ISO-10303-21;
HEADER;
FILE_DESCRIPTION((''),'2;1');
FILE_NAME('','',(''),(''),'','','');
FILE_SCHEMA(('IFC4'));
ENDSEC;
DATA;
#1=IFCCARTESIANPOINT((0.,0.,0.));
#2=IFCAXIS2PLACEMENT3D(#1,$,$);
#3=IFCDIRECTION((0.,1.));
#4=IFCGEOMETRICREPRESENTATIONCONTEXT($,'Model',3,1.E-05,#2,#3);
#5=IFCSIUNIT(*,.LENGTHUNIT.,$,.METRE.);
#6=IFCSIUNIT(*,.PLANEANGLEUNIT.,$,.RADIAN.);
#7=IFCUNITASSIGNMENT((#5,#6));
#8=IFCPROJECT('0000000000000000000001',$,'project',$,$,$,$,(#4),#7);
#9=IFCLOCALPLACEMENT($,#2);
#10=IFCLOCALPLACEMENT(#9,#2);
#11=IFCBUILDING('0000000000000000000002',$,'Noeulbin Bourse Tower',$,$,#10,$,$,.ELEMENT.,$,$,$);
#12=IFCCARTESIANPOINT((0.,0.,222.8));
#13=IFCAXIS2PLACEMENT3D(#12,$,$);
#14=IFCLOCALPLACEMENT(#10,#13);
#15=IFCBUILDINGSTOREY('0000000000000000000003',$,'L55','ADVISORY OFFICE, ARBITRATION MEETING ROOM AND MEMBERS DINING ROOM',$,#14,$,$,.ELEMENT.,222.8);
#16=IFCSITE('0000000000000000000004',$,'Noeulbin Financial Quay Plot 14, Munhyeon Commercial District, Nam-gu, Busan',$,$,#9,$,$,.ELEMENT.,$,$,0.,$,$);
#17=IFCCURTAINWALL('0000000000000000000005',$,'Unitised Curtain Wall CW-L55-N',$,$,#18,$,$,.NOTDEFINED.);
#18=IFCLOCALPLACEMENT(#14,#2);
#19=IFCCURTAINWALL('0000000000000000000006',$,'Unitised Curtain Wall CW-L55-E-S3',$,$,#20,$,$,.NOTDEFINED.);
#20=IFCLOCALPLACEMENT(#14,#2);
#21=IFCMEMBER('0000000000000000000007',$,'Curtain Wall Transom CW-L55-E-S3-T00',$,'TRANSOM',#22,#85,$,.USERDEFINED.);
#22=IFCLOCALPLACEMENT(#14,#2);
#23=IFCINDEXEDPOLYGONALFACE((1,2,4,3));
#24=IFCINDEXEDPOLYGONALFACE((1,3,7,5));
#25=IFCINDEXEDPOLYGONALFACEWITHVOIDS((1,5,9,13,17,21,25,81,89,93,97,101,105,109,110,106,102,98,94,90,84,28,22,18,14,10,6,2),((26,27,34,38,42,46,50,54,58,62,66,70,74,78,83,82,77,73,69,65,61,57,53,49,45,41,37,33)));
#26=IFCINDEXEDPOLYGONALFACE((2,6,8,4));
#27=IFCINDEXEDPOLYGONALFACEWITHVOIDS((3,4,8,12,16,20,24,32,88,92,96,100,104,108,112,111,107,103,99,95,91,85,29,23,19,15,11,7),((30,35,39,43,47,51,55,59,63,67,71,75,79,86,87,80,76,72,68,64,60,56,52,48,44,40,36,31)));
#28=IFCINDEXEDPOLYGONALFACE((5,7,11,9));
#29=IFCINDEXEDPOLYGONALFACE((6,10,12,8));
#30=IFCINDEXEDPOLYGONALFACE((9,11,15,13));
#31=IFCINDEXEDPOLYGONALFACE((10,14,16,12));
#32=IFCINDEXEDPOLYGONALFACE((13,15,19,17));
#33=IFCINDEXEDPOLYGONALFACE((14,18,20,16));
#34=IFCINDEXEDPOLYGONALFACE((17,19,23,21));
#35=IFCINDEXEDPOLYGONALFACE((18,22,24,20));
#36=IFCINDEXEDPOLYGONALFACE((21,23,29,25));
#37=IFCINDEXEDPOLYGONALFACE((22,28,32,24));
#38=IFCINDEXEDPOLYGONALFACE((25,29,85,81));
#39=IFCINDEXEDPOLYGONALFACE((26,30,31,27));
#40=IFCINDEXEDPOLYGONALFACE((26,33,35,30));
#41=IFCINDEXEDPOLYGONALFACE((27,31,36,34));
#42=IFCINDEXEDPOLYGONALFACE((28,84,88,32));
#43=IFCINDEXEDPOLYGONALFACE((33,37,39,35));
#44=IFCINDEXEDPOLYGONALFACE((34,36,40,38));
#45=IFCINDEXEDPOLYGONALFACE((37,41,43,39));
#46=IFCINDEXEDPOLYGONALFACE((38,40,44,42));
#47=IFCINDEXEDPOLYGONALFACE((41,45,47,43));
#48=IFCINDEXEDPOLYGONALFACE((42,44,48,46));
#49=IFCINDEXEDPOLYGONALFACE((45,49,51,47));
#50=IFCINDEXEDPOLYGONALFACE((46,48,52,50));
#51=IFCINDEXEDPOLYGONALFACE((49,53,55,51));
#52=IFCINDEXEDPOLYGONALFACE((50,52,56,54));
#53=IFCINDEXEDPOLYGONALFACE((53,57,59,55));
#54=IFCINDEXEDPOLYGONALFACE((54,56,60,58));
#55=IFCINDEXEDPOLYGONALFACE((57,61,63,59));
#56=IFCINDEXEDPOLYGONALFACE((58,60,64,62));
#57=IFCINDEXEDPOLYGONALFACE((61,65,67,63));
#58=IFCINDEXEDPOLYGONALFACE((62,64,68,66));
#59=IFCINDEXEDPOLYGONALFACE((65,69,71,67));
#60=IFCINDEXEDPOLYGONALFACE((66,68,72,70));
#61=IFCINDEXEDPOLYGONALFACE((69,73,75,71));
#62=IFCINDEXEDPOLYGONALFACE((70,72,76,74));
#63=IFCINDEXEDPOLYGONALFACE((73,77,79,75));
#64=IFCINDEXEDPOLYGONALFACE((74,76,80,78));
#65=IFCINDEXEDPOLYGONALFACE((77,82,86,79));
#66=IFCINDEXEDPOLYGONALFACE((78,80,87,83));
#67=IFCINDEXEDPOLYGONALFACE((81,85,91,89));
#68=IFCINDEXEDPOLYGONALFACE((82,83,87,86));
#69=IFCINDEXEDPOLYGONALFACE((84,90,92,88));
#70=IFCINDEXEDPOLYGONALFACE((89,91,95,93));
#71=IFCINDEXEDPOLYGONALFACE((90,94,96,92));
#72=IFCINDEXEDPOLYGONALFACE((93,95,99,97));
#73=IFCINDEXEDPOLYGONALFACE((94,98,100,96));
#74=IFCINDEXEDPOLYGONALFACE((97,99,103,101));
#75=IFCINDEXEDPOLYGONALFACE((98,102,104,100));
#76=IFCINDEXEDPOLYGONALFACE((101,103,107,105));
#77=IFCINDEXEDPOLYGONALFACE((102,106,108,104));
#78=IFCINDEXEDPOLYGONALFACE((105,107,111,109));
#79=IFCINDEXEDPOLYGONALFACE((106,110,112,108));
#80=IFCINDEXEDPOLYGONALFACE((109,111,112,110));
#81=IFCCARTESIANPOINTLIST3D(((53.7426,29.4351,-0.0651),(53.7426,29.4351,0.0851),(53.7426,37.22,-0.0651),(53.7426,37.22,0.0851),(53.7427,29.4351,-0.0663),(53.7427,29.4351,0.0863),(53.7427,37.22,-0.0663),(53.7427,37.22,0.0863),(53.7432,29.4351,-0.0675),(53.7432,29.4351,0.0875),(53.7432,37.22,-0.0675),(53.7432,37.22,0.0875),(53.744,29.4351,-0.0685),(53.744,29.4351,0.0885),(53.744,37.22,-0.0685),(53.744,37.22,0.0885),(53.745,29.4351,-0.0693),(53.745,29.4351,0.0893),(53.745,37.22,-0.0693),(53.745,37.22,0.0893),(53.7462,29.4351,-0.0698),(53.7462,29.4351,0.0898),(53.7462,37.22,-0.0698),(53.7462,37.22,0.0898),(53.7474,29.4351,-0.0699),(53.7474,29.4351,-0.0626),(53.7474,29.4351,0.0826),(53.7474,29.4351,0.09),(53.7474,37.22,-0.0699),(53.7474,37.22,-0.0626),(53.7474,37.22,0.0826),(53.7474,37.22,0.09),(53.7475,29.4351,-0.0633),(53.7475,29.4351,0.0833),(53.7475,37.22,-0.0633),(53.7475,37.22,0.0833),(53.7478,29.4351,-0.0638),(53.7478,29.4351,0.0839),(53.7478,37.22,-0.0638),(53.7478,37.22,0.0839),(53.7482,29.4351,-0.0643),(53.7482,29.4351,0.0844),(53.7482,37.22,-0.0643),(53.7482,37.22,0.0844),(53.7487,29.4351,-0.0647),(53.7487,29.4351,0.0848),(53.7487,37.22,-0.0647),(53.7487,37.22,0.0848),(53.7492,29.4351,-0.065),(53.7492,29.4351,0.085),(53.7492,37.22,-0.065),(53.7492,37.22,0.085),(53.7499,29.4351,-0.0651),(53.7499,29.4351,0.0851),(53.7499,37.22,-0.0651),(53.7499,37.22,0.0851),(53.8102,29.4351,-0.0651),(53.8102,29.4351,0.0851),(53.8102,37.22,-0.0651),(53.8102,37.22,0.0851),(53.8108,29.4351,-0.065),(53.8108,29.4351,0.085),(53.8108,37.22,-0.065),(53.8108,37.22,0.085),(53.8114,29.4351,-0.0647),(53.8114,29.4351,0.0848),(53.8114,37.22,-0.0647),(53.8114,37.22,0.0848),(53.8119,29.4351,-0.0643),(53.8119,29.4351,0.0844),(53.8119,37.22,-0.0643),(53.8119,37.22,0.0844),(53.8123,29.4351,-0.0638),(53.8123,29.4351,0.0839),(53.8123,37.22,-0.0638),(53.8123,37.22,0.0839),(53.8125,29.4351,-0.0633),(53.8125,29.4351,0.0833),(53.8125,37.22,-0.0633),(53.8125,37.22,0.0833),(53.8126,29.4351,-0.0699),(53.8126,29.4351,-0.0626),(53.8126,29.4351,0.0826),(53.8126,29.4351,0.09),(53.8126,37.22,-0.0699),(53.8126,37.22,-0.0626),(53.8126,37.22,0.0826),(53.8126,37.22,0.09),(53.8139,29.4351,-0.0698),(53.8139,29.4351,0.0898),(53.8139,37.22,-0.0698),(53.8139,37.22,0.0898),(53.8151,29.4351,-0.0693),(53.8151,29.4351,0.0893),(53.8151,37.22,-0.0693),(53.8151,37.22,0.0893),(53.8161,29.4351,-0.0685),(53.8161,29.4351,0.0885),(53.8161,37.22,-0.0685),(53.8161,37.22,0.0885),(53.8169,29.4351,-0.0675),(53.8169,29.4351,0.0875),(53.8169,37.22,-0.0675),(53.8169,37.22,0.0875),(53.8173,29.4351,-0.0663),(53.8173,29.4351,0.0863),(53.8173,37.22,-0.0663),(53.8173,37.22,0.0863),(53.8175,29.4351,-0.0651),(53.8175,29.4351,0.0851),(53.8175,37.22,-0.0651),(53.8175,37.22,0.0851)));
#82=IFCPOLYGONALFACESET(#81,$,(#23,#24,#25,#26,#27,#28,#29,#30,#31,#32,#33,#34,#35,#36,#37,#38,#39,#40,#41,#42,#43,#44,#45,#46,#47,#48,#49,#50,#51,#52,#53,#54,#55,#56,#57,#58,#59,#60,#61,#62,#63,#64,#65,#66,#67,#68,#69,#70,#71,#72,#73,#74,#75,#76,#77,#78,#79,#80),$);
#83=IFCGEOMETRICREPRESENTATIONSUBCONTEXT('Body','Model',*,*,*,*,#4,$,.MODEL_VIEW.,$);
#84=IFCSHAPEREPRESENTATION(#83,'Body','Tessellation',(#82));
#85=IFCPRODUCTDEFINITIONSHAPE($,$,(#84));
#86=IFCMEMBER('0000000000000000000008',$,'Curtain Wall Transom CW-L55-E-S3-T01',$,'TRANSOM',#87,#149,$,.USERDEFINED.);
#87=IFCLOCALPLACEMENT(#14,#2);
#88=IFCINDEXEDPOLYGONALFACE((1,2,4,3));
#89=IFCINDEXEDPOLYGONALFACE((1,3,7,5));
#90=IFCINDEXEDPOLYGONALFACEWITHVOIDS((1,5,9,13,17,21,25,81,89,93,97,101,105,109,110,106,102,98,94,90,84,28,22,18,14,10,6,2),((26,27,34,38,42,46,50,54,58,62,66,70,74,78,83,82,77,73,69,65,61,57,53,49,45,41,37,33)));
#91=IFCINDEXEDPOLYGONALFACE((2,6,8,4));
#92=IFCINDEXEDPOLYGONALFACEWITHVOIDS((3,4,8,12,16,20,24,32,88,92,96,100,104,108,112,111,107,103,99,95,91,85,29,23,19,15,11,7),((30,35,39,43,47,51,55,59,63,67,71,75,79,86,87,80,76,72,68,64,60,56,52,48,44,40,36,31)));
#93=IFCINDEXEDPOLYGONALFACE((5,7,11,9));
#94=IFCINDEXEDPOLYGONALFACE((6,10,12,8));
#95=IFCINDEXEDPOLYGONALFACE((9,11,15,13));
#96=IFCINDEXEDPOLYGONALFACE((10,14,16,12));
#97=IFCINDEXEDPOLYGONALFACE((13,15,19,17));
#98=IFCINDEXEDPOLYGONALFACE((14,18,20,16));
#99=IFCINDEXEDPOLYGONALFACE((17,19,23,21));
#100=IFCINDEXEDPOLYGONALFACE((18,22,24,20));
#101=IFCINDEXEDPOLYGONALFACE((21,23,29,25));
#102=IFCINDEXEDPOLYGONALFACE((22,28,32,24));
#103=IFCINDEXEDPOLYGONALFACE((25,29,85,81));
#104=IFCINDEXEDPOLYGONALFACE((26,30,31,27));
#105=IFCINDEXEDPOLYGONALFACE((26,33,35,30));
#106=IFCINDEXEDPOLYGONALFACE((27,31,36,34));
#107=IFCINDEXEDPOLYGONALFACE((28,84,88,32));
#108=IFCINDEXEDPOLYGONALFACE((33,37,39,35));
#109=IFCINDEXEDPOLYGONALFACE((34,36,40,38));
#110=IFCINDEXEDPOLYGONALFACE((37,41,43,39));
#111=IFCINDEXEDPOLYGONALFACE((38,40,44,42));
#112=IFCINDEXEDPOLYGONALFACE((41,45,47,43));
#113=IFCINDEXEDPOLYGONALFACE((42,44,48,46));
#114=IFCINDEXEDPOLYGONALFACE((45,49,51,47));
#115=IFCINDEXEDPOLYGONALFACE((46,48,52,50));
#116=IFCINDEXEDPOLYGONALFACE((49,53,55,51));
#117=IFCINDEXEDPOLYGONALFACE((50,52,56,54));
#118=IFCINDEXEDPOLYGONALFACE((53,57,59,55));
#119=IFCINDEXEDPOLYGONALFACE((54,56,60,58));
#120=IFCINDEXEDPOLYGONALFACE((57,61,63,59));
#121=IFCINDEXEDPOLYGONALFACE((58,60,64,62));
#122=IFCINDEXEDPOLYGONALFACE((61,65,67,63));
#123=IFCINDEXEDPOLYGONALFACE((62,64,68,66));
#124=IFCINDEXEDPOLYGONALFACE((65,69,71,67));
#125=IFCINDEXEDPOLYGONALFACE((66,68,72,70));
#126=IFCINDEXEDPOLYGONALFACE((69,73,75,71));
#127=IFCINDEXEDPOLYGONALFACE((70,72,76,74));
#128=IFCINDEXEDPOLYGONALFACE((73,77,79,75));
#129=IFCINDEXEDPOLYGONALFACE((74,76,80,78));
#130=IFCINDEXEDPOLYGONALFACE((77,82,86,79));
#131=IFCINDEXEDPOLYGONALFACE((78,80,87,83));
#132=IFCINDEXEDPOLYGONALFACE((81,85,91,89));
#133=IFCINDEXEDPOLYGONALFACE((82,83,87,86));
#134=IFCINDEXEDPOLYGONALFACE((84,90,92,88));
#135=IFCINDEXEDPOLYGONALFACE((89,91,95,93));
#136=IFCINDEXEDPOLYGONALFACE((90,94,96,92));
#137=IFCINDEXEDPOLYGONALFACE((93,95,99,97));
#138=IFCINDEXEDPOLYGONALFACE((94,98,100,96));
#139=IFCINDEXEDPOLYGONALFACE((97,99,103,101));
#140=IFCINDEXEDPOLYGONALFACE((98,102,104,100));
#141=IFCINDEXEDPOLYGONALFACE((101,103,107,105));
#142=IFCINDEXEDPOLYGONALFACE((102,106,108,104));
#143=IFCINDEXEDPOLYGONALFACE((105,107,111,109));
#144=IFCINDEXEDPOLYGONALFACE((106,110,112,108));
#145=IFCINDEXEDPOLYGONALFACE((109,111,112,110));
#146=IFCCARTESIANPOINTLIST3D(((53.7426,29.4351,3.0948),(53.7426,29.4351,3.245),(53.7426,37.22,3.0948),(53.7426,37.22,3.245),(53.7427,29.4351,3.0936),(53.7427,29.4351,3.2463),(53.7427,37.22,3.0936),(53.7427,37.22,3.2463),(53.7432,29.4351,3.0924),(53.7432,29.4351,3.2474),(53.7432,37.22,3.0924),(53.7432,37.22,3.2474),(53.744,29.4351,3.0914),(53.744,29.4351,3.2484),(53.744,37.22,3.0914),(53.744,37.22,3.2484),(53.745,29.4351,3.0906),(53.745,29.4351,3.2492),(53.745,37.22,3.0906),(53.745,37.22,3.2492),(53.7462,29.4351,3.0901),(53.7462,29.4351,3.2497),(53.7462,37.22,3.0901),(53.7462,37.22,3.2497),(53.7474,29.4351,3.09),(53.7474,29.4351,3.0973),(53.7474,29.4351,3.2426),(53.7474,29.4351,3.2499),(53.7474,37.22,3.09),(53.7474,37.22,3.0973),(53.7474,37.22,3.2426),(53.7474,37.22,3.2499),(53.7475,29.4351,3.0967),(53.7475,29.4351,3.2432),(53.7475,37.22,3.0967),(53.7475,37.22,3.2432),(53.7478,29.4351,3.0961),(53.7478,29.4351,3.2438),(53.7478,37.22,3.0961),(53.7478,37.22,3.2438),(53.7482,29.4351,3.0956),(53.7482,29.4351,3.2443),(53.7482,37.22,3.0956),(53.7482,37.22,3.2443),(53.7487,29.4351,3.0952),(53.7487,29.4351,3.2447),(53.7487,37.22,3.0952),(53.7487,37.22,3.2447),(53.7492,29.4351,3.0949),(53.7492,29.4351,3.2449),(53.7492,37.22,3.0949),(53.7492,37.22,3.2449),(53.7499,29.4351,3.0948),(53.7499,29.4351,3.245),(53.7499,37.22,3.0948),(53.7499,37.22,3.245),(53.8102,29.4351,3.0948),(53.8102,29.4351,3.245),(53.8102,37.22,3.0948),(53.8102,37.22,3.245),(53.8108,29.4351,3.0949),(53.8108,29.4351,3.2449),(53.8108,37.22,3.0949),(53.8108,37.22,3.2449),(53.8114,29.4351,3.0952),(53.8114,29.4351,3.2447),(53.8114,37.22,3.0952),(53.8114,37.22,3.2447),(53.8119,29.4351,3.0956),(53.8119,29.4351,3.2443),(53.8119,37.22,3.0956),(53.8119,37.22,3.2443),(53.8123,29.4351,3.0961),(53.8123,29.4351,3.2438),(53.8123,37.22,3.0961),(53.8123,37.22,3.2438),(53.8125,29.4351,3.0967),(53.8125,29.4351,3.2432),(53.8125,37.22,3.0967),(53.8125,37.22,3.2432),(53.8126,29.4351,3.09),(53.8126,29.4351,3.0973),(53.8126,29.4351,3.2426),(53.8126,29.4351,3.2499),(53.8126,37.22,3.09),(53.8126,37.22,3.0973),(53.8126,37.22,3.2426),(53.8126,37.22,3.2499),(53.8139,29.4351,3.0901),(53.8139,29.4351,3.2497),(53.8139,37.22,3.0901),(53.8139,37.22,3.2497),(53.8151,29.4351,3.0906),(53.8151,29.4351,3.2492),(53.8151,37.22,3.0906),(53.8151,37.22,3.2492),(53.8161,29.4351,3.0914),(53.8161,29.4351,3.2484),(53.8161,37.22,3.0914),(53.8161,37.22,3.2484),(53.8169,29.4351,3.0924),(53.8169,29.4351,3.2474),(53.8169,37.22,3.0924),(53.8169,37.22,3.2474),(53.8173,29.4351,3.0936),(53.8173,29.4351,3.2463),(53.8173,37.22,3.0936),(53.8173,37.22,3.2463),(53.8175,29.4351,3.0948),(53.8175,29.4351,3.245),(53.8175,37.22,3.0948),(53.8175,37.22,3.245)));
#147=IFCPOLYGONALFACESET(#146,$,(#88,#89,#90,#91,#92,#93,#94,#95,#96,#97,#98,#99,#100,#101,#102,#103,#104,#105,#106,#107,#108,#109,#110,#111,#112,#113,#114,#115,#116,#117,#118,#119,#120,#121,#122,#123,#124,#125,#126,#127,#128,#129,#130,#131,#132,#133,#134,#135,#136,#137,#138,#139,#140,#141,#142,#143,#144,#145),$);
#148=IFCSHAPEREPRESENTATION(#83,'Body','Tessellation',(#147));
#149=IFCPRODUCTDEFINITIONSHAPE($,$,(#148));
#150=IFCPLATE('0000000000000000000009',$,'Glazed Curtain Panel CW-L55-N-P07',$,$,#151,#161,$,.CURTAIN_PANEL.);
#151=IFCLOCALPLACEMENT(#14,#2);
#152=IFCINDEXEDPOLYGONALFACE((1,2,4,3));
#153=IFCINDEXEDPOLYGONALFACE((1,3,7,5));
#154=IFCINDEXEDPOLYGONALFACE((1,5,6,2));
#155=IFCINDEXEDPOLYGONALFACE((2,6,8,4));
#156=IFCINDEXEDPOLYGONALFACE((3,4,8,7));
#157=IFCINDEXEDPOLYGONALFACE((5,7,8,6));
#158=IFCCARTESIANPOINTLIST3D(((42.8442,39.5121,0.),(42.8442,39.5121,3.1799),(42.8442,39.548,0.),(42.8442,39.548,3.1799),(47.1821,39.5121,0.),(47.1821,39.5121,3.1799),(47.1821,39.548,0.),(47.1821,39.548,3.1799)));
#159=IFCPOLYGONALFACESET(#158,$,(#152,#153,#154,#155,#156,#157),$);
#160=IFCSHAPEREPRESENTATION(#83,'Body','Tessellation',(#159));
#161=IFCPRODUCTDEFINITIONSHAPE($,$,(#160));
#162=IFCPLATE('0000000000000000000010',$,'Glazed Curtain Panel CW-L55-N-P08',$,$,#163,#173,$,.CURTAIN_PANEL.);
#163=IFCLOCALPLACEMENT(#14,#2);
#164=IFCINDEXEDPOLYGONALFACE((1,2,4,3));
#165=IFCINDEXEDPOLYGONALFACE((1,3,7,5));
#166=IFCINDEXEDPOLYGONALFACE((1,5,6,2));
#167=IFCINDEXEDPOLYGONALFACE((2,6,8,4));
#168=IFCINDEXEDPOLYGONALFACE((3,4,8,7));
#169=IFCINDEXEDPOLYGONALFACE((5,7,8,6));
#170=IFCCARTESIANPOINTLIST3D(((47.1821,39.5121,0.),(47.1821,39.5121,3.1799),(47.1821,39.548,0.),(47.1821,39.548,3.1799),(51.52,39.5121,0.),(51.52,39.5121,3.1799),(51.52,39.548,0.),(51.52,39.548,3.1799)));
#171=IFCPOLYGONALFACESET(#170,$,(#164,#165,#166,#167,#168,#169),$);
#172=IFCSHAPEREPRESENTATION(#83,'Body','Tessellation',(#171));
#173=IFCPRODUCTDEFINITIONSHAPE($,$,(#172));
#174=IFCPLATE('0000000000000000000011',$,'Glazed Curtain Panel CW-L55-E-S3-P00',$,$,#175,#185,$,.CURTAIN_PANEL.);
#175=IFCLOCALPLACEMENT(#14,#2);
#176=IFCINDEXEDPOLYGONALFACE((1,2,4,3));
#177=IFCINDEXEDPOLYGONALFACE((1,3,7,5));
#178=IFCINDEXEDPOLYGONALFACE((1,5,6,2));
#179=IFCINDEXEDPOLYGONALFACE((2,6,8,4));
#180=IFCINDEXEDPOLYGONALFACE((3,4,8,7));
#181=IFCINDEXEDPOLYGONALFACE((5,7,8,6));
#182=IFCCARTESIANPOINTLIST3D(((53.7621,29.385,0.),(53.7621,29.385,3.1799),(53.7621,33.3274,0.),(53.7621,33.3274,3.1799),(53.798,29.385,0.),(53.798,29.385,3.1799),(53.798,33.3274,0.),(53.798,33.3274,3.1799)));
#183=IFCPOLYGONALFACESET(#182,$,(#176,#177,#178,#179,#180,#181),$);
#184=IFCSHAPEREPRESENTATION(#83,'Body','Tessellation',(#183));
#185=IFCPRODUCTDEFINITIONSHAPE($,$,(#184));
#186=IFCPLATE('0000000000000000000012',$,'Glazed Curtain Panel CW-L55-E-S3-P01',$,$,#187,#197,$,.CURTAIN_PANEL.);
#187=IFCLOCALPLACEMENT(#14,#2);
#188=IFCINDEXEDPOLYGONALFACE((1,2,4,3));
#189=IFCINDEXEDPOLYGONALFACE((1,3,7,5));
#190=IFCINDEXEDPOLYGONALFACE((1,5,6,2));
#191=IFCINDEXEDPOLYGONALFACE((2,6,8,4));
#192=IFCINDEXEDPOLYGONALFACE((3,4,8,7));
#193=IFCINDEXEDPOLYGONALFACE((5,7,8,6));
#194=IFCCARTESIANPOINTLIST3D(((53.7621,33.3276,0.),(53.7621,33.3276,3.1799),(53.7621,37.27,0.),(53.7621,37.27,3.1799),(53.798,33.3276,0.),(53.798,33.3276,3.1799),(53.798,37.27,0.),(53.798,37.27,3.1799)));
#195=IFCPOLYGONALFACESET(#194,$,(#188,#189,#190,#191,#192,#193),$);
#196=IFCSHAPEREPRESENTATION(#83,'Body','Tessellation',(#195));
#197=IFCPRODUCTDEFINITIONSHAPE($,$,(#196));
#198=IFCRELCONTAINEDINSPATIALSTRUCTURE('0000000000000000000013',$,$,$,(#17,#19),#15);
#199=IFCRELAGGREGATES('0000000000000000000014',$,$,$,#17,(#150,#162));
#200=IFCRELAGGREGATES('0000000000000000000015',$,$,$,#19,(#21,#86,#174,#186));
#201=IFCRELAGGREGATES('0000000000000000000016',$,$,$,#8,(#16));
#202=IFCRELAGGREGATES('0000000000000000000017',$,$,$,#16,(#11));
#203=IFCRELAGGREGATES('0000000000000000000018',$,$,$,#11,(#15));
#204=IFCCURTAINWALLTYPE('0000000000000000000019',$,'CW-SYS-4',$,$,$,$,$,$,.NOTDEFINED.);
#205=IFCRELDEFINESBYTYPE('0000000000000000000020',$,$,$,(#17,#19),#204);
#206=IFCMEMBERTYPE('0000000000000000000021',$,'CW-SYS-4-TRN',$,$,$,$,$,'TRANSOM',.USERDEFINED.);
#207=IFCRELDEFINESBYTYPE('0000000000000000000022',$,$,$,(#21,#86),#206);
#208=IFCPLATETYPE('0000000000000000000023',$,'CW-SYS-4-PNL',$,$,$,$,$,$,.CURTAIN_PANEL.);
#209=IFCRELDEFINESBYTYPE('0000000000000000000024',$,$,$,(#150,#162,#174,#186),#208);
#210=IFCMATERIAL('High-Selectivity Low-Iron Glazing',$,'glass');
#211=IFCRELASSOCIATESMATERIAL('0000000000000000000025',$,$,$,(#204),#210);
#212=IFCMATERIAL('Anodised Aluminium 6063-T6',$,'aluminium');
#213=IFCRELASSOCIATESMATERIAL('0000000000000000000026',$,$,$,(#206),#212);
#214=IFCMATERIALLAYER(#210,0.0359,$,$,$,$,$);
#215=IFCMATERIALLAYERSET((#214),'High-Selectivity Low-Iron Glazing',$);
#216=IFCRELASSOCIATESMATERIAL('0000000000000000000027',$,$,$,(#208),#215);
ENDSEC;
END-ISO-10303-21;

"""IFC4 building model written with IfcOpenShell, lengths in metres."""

from ifc_helpers import new_model, si_unit, direction, frame, origin, origin_2d, place, context, subcontext, project, spatial, rectangle, hollow_rectangle, extrude, material, layer, layer_set, material_profile, profile_set, type_object, element, aggregate, save


model = new_model("IFC4")

# Units and contexts
model_context = context("Model", 3, precision=1e-05, world=origin(), true_north=direction((0.0, 1.0)))
body_context = subcontext(model_context, "Body", "Model", "MODEL_VIEW")
ifc_project = project(units=[si_unit("LENGTHUNIT", "METRE"), si_unit("PLANEANGLEUNIT", "RADIAN")], contexts=[model_context])

# Site, building, storey
site_placement = place(None, origin())
site = spatial("IfcSite", under=ifc_project, at=site_placement, Name="Noeulbin Financial Quay Plot 14, Munhyeon Commercial District, Nam-gu, Busan", CompositionType="ELEMENT", RefElevation=0.0)
building_placement = place(site_placement, origin())
building = spatial("IfcBuilding", under=site, at=building_placement, Name="Noeulbin Bourse Tower", CompositionType="ELEMENT")
storey_placement = place(building_placement, frame((0.0, 0.0, 222.8)))
storey = spatial("IfcBuildingStorey", under=building, at=storey_placement, Name="L55", Description="ADVISORY OFFICE, ARBITRATION MEETING ROOM AND MEMBERS DINING ROOM", CompositionType="ELEMENT", Elevation=222.8)

# Curtain walls, members
ifc_material_1 = material(Name="High-Selectivity Low-Iron Glazing", Category="glass")
curtain_wall_type = type_object("IfcCurtainWallType", Name="CW-SYS-4", PredefinedType="NOTDEFINED", material=ifc_material_1)
curtain_wall_1_placement = place(storey_placement, origin())
curtain_wall_1 = element("IfcCurtainWall", 1, at=curtain_wall_1_placement, inside=storey, type_object=curtain_wall_type, Name="Unitised Curtain Wall CW-L55-N", PredefinedType="NOTDEFINED")
ifc_material_2 = material(Name="Anodised Aluminium 6063-T6", Category="aluminium")
curtain_wall_2_placement = place(storey_placement, origin())
curtain_wall_2 = element("IfcCurtainWall", 2, at=curtain_wall_2_placement, inside=storey, type_object=curtain_wall_type, Name="Unitised Curtain Wall CW-L55-E-S3", PredefinedType="NOTDEFINED")
ifc_material_profile_1 = material_profile(ifc_material_2, hollow_rectangle(XDim=0.075, YDim=0.1599, WallThickness=0.0049, InnerFilletRadius=0.0024, OuterFilletRadius=0.0049, at=origin_2d()), Name="ALU-TRAN-75x160x5", Category="LoadBearing")
ifc_profile_set_1 = profile_set([ifc_material_profile_1], Name="Anodised Aluminium 6063-T6")
member_type_1 = type_object("IfcMemberType", Name="CW-SYS-4-TRN", ElementType="TRANSOM", PredefinedType="USERDEFINED", material=ifc_profile_set_1)
member_1_placement = place(storey_placement, frame((53.78, 29.4351, 0.01), z_axis=(0.0, 1.0, 0.0), x_axis=(-1.0, 0.0, 0.0)))
member_1 = element("IfcMember", 3, at=member_1_placement, type_object=member_type_1, Name="Curtain Wall Transom CW-L55-E-S3-T00", ObjectType="TRANSOM", PredefinedType="USERDEFINED", context=body_context, shape_type="SweptSolid", body=[
    extrude(hollow_rectangle(XDim=0.075, YDim=0.1599, WallThickness=0.0049, InnerFilletRadius=0.0024, OuterFilletRadius=0.0049, at=origin_2d()), origin(), (0.0, 0.0, 1.0), 7.7849),
])
member_2_placement = place(storey_placement, frame((53.78, 29.4351, 3.1699), z_axis=(0.0, 1.0, 0.0), x_axis=(-1.0, 0.0, 0.0)))
member_2 = element("IfcMember", 4, at=member_2_placement, type_object=member_type_1, Name="Curtain Wall Transom CW-L55-E-S3-T01", ObjectType="TRANSOM", PredefinedType="USERDEFINED", context=body_context, shape_type="SweptSolid", body=[
    extrude(hollow_rectangle(XDim=0.075, YDim=0.1599, WallThickness=0.0049, InnerFilletRadius=0.0024, OuterFilletRadius=0.0049, at=origin_2d()), origin(), (0.0, 0.0, 1.0), 7.7849),
])

# Plates
ifc_layer_1 = layer(ifc_material_1, 0.0359)
ifc_layer_set_1 = layer_set([ifc_layer_1], Name="High-Selectivity Low-Iron Glazing")
plate_type_1 = type_object("IfcPlateType", Name="CW-SYS-4-PNL", PredefinedType="CURTAIN_PANEL", material=ifc_layer_set_1)
plate_1_placement = place(storey_placement, frame((45.0132, 39.53, 0.0), z_axis=(0.0, 0.0, 1.0), x_axis=(1.0, 0.0, 0.0)))
plate_1 = element("IfcPlate", 5, at=plate_1_placement, type_object=plate_type_1, Name="Glazed Curtain Panel CW-L55-N-P07", PredefinedType="CURTAIN_PANEL", context=body_context, shape_type="SweptSolid", body=[
    extrude(rectangle(XDim=4.3379, YDim=0.0359, at=origin_2d()), origin(), (0.0, 0.0, 1.0), 3.1799),
])
plate_2_placement = place(storey_placement, frame((49.3511, 39.53, 0.0), z_axis=(0.0, 0.0, 1.0), x_axis=(1.0, 0.0, 0.0)))
plate_2 = element("IfcPlate", 6, at=plate_2_placement, type_object=plate_type_1, Name="Glazed Curtain Panel CW-L55-N-P08", PredefinedType="CURTAIN_PANEL", context=body_context, shape_type="SweptSolid", body=[
    extrude(rectangle(XDim=4.3379, YDim=0.0359, at=origin_2d()), origin(), (0.0, 0.0, 1.0), 3.1799),
])
aggregate(curtain_wall_1, [plate_1, plate_2])
plate_3_placement = place(storey_placement, frame((53.78, 31.3562, 0.0), z_axis=(0.0, 0.0, 1.0), x_axis=(0.0, 1.0, 0.0)))
plate_3 = element("IfcPlate", 7, at=plate_3_placement, type_object=plate_type_1, Name="Glazed Curtain Panel CW-L55-E-S3-P00", PredefinedType="CURTAIN_PANEL", context=body_context, shape_type="SweptSolid", body=[
    extrude(rectangle(XDim=3.9424, YDim=0.0359, at=origin_2d()), origin(), (0.0, 0.0, 1.0), 3.1799),
])
plate_4_placement = place(storey_placement, frame((53.78, 35.2988, 0.0), z_axis=(0.0, 0.0, 1.0), x_axis=(0.0, 1.0, 0.0)))
plate_4 = element("IfcPlate", 8, at=plate_4_placement, type_object=plate_type_1, Name="Glazed Curtain Panel CW-L55-E-S3-P01", PredefinedType="CURTAIN_PANEL", context=body_context, shape_type="SweptSolid", body=[
    extrude(rectangle(XDim=3.9424, YDim=0.0359, at=origin_2d()), origin(), (0.0, 0.0, 1.0), 3.1799),
])
aggregate(curtain_wall_2, [member_1, member_2, plate_3, plate_4])

save(model, "model.ifc")
